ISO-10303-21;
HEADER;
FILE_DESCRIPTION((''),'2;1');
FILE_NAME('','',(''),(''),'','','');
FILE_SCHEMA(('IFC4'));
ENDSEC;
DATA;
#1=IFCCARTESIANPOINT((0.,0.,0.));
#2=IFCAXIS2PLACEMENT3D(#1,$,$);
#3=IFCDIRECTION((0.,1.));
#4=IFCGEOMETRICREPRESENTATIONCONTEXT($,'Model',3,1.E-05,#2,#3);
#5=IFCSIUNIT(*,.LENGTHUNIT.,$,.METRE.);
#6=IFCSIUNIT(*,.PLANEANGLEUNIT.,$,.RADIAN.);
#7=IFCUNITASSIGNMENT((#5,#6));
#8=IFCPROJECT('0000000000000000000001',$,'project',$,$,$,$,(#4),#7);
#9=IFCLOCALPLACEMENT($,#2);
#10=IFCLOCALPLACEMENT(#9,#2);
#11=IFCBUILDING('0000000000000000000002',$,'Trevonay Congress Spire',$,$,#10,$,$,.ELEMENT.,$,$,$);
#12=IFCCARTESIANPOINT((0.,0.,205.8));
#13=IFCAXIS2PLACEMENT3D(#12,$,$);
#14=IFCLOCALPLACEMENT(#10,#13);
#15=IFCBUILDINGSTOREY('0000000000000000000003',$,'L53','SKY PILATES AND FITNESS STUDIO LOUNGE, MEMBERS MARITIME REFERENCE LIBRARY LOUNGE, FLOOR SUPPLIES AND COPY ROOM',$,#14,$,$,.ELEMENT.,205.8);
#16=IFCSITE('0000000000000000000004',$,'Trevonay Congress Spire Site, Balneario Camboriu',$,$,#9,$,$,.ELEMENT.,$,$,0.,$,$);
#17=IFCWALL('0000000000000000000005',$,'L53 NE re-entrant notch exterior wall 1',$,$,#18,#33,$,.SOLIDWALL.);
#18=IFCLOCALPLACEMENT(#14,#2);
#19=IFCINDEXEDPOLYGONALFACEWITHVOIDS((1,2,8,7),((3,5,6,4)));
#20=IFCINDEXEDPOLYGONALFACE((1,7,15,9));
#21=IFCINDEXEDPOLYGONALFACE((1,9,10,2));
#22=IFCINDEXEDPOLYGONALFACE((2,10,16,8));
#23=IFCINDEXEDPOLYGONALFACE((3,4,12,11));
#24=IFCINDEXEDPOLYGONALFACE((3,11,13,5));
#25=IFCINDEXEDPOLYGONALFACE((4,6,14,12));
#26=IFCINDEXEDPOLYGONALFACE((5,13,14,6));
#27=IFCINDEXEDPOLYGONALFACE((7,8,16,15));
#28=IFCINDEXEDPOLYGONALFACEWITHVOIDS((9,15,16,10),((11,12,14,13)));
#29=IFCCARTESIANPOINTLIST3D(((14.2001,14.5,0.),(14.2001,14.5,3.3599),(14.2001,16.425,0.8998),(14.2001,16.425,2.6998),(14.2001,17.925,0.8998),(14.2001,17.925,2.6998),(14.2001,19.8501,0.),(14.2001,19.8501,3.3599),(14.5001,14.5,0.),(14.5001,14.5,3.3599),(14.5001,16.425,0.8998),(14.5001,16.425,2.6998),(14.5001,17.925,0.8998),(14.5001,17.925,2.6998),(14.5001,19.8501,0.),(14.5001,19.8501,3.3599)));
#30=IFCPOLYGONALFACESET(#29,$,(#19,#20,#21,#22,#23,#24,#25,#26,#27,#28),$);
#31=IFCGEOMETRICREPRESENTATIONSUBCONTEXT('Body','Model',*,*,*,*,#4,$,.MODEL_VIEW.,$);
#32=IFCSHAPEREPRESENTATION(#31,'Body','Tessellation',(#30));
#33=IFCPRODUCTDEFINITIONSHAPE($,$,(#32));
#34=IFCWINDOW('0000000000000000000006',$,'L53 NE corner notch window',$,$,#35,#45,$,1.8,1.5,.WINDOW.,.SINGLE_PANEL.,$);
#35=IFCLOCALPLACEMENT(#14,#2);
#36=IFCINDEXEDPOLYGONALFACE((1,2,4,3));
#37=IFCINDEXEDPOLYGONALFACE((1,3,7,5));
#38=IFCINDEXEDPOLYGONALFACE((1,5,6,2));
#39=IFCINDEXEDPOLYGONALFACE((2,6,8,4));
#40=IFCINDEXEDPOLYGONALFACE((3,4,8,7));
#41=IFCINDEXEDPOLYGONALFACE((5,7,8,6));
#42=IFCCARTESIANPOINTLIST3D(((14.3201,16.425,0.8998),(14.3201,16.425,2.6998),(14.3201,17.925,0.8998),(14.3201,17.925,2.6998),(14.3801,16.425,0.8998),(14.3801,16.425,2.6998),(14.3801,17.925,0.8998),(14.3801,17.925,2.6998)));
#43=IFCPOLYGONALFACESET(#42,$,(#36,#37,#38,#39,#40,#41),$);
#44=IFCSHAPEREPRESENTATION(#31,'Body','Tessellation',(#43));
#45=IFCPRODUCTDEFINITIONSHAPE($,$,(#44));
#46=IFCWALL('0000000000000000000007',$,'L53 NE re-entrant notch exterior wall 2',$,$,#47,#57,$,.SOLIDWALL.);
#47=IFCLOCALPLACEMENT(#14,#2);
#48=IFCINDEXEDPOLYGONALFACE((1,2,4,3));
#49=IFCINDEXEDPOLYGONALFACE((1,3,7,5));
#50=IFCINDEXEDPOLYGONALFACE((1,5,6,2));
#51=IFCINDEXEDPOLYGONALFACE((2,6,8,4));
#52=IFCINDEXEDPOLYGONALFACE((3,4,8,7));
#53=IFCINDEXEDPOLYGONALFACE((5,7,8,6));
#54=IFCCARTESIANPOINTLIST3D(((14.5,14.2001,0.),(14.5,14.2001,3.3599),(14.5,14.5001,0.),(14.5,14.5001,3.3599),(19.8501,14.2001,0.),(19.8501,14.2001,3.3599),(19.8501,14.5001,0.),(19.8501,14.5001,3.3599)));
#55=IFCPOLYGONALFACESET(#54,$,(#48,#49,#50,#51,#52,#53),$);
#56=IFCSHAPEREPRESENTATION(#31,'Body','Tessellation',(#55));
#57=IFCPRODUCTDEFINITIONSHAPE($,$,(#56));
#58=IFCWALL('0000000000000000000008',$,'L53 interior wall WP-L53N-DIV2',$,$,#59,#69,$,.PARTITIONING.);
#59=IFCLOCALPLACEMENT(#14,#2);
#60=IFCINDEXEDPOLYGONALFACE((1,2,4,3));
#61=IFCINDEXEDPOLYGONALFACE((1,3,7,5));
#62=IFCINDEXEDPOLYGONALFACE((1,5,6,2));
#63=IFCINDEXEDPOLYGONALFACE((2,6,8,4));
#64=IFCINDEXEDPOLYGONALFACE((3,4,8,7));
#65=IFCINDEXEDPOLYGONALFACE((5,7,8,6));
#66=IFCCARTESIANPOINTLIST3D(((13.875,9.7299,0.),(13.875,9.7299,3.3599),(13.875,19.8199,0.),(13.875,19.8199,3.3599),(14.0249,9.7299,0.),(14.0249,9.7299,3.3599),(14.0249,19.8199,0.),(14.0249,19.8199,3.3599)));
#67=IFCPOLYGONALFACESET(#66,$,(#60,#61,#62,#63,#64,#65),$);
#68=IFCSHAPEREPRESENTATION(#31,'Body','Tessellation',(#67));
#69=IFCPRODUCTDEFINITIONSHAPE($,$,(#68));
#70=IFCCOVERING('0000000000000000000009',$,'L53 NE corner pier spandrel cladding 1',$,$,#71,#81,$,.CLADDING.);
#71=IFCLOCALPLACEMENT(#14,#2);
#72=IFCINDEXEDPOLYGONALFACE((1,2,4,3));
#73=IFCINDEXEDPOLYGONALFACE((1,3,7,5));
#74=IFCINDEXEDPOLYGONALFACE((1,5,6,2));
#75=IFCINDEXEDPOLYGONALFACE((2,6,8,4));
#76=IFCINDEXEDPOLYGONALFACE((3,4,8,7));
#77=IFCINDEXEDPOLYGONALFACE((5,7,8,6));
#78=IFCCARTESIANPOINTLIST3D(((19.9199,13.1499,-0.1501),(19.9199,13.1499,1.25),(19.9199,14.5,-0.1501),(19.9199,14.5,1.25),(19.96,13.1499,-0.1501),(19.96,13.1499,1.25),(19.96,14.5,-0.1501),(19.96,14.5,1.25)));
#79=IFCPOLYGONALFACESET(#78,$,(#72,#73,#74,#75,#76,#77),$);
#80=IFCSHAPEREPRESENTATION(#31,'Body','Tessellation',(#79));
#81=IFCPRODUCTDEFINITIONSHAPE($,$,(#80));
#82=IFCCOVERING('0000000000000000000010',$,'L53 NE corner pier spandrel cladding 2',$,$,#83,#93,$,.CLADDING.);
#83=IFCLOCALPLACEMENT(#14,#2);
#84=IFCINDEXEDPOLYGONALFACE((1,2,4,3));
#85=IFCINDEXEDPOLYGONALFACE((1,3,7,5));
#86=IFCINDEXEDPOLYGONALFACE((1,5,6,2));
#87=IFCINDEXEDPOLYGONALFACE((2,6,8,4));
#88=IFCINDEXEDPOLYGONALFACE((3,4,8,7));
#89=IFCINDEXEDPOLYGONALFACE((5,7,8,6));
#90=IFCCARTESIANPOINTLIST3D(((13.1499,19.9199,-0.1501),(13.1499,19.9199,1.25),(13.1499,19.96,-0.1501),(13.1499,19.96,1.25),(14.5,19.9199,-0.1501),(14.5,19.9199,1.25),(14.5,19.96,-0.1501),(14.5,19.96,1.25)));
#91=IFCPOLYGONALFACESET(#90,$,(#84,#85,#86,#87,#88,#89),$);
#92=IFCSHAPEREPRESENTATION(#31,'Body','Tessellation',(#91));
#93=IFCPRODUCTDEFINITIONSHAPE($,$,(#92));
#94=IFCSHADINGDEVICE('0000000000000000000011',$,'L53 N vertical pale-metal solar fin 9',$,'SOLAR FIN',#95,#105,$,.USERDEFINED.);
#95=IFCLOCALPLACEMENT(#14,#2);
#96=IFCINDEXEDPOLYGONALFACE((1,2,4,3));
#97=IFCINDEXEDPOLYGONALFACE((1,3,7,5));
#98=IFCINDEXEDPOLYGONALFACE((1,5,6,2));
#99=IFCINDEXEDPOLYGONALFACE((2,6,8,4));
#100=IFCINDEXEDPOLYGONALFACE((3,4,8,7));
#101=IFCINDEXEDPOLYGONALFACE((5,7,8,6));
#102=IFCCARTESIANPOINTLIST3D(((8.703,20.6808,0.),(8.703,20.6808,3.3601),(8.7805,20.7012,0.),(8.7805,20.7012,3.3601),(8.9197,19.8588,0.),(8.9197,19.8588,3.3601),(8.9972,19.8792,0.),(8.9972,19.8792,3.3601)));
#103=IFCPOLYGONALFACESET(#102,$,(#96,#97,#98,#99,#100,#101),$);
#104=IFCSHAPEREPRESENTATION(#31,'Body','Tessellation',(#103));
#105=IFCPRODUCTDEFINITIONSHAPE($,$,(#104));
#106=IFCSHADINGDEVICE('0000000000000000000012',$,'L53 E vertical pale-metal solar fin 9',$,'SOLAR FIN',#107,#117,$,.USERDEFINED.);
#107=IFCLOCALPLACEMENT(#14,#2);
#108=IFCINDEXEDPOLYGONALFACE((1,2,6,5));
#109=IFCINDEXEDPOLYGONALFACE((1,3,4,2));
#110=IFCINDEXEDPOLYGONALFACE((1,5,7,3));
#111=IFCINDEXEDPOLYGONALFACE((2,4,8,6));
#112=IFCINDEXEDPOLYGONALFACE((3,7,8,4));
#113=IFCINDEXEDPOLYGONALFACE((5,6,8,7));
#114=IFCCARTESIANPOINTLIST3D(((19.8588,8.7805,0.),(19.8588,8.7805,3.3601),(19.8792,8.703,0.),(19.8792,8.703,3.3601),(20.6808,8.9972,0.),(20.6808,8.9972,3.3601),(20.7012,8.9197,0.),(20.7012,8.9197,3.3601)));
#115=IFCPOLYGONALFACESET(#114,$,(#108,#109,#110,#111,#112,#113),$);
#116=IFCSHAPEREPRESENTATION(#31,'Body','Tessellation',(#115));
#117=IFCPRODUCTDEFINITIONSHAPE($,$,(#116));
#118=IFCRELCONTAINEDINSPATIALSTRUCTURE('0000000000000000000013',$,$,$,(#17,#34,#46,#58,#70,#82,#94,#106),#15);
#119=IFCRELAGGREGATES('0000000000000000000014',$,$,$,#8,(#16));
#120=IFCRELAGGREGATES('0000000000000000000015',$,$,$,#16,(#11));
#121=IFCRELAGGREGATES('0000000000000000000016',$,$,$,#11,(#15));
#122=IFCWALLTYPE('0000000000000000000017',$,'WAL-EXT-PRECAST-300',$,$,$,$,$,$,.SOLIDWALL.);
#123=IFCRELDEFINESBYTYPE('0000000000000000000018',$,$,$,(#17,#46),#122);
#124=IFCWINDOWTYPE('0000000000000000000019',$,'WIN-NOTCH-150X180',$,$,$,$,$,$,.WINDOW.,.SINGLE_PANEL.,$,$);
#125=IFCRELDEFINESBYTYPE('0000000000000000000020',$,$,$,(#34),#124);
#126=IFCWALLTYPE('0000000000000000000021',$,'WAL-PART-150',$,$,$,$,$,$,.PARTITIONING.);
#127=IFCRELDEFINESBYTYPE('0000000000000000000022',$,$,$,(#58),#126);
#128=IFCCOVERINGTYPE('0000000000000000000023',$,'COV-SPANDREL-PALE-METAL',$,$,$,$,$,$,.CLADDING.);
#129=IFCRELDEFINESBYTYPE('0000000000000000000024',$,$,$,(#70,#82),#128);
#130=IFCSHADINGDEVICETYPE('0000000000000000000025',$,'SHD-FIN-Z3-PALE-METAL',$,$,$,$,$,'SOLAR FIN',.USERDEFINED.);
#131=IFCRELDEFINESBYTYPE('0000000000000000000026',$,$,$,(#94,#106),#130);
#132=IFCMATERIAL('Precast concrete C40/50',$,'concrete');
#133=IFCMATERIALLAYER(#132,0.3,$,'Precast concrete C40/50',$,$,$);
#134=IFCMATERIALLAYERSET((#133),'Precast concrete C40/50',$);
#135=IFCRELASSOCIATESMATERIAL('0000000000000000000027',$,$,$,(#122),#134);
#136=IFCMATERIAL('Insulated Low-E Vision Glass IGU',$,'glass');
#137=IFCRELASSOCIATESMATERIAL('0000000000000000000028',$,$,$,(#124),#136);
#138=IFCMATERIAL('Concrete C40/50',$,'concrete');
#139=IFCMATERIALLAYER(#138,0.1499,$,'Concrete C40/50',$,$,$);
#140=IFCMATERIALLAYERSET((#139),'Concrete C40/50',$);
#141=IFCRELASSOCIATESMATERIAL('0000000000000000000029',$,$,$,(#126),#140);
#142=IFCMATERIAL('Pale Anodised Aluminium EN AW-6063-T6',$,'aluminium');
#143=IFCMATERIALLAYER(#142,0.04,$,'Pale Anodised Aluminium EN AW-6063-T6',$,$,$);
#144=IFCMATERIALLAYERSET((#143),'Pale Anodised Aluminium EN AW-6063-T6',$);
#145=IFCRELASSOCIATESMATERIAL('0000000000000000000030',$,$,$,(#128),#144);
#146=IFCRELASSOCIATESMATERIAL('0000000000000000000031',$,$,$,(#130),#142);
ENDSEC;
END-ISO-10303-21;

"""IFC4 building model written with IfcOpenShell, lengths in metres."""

from ifc_helpers import new_model, si_unit, direction, frame, frame_2d, origin, origin_2d, place, context, subcontext, project, spatial, rectangle, extrude, material, layer, layer_set, type_object, element, fill, save


model = new_model("IFC4")

# Units and contexts
model_context = context("Model", 3, precision=1e-05, world=origin(), true_north=direction((0.0, 1.0)))
body_context = subcontext(model_context, "Body", "Model", "MODEL_VIEW")
ifc_project = project(units=[si_unit("LENGTHUNIT", "METRE"), si_unit("PLANEANGLEUNIT", "RADIAN")], contexts=[model_context])

# Site, building, storey
site_placement = place(None, origin())
site = spatial("IfcSite", under=ifc_project, at=site_placement, Name="Trevonay Congress Spire Site, Balneario Camboriu", CompositionType="ELEMENT", RefElevation=0.0)
building_placement = place(site_placement, origin())
building = spatial("IfcBuilding", under=site, at=building_placement, Name="Trevonay Congress Spire", CompositionType="ELEMENT")
storey_placement = place(building_placement, frame((0.0, 0.0, 205.8)))
storey = spatial("IfcBuildingStorey", under=building, at=storey_placement, Name="L53", Description="SKY PILATES AND FITNESS STUDIO LOUNGE, MEMBERS MARITIME REFERENCE LIBRARY LOUNGE, FLOOR SUPPLIES AND COPY ROOM", CompositionType="ELEMENT", Elevation=205.8)

# Shared definitions
ifc_material_1 = material(Name="Pale Anodised Aluminium EN AW-6063-T6", Category="aluminium")

# Shared definitions
ifc_material_2 = material(Name="Insulated Low-E Vision Glass IGU", Category="glass")

# Wall, opening, window
ifc_material_3 = material(Name="Precast concrete C40/50", Category="concrete")
ifc_layer_1 = layer(ifc_material_3, 0.3, Name="Precast concrete C40/50")
ifc_layer_set_1 = layer_set([ifc_layer_1], Name="Precast concrete C40/50")
wall_type_1 = type_object("IfcWallType", Name="WAL-EXT-PRECAST-300", PredefinedType="SOLIDWALL", material=ifc_layer_set_1)
wall_1_placement = place(storey_placement, frame((14.3501, 19.8501, 0.0), z_axis=(0.0, 0.0, 1.0), x_axis=(0.0, -1.0, 0.0)))
wall_1 = element("IfcWall", 1, at=wall_1_placement, inside=storey, type_object=wall_type_1, Name="L53 NE re-entrant notch exterior wall 1", PredefinedType="SOLIDWALL", context=body_context, shape_type="SweptSolid", body=[
    extrude(rectangle(XDim=5.3501, YDim=0.3, at=frame_2d((2.675, 0.0))), origin(), (0.0, 0.0, 1.0), 3.3599),
])
opening_placement = place(wall_1_placement, frame((1.925, 0.0, 0.8999)))
opening = element("IfcOpeningElement", 2, at=opening_placement, cuts=wall_1, PredefinedType="OPENING", context=body_context, shape_type="SweptSolid", body=[
    extrude(rectangle(XDim=1.5, YDim=1.8, at=frame_2d((0.75, 0.8999))), frame((0.0, 0.1602, 0.0), z_axis=(0.0, -1.0, 0.0), x_axis=(1.0, 0.0, 0.0)), (0.0, 0.0, 1.0), 0.3201),
])
window_type = type_object("IfcWindowType", Name="WIN-NOTCH-150X180", PartitioningType="SINGLE_PANEL", PredefinedType="WINDOW", material=ifc_material_2)
window_placement = place(opening_placement, origin())
window = element("IfcWindow", 3, at=window_placement, inside=storey, type_object=window_type, Name="L53 NE corner notch window", OverallHeight=1.8, OverallWidth=1.5, PartitioningType="SINGLE_PANEL", PredefinedType="WINDOW", context=body_context, shape_type="SweptSolid", body=[
    extrude(rectangle(XDim=1.5, YDim=1.8, at=frame_2d((0.75, 0.8999))), frame((0.0, 0.03, 0.0), z_axis=(0.0, -1.0, 0.0), x_axis=(1.0, 0.0, 0.0)), (0.0, 0.0, 1.0), 0.0601),
])
fill(opening, window)

# Walls
wall_2_placement = place(storey_placement, frame((19.8501, 14.3501, 0.0), z_axis=(0.0, 0.0, 1.0), x_axis=(-1.0, 0.0, 0.0)))
element("IfcWall", 4, at=wall_2_placement, inside=storey, type_object=wall_type_1, Name="L53 NE re-entrant notch exterior wall 2", PredefinedType="SOLIDWALL", context=body_context, shape_type="SweptSolid", body=[
    extrude(rectangle(XDim=5.3501, YDim=0.3, at=frame_2d((2.675, 0.0))), origin(), (0.0, 0.0, 1.0), 3.3599),
])
ifc_material_4 = material(Name="Concrete C40/50", Category="concrete")
ifc_layer_2 = layer(ifc_material_4, 0.1499, Name="Concrete C40/50")
ifc_layer_set_2 = layer_set([ifc_layer_2], Name="Concrete C40/50")
wall_type_2 = type_object("IfcWallType", Name="WAL-PART-150", PredefinedType="PARTITIONING", material=ifc_layer_set_2)
wall_3_placement = place(storey_placement, frame((13.95, 9.73, 0.0), z_axis=(0.0, 0.0, 1.0), x_axis=(0.0, 1.0, 0.0)))
element("IfcWall", 5, at=wall_3_placement, inside=storey, type_object=wall_type_2, Name="L53 interior wall WP-L53N-DIV2", PredefinedType="PARTITIONING", context=body_context, shape_type="SweptSolid", body=[
    extrude(rectangle(XDim=10.0901, YDim=0.1499, at=frame_2d((5.0449, 0.0))), origin(), (0.0, 0.0, 1.0), 3.3599),
])

# Coverings
ifc_layer_3 = layer(ifc_material_1, 0.04, Name="Pale Anodised Aluminium EN AW-6063-T6")
ifc_layer_set_3 = layer_set([ifc_layer_3], Name="Pale Anodised Aluminium EN AW-6063-T6")
covering_type = type_object("IfcCoveringType", Name="COV-SPANDREL-PALE-METAL", PredefinedType="CLADDING", material=ifc_layer_set_3)
for number, where, z_axis, x_axis, name in (
    (6, (19.9399, 13.1499, -0.1501), (0.0, 0.0, 1.0), (0.0, 1.0, 0.0), "L53 NE corner pier spandrel cladding 1"),
    (7, (13.1499, 19.9399, -0.1501), (0.0, 0.0, 1.0), (1.0, 0.0, 0.0), "L53 NE corner pier spandrel cladding 2"),
):
    element("IfcCovering", number, at=place(storey_placement, frame(where, z_axis=z_axis, x_axis=x_axis)), inside=storey, type_object=covering_type, Name=name, PredefinedType="CLADDING", context=body_context, shape_type="SweptSolid", body=[
        extrude(rectangle(XDim=1.3501, YDim=0.04, at=frame_2d((0.675, 0.0))), origin(), (0.0, 0.0, 1.0), 1.4001),
    ])

# Shading devices
shading_device_type = type_object("IfcShadingDeviceType", Name="SHD-FIN-Z3-PALE-METAL", ElementType="SOLAR FIN", PredefinedType="USERDEFINED", material=ifc_material_1)
for number, where, z_axis, x_axis, name in (
    (8, (8.8501, 20.28, 0.0), (0.0, 0.0, 1.0), (0.966957, 0.254939, 0.0), "L53 N vertical pale-metal solar fin 9"),
    (9, (20.28, 8.8501, 0.0), (0.0, 0.0, 1.0), (-0.254939, 0.966957, 0.0), "L53 E vertical pale-metal solar fin 9"),
):
    element("IfcShadingDevice", number, at=place(storey_placement, frame(where, z_axis=z_axis, x_axis=x_axis)), inside=storey, type_object=shading_device_type, Name=name, ObjectType="SOLAR FIN", PredefinedType="USERDEFINED", context=body_context, shape_type="SweptSolid", body=[
        extrude(rectangle(XDim=0.0801, YDim=0.8501, at=origin_2d()), origin(), (0.0, 0.0, 1.0), 3.3601),
    ])

save(model, "model.ifc")
